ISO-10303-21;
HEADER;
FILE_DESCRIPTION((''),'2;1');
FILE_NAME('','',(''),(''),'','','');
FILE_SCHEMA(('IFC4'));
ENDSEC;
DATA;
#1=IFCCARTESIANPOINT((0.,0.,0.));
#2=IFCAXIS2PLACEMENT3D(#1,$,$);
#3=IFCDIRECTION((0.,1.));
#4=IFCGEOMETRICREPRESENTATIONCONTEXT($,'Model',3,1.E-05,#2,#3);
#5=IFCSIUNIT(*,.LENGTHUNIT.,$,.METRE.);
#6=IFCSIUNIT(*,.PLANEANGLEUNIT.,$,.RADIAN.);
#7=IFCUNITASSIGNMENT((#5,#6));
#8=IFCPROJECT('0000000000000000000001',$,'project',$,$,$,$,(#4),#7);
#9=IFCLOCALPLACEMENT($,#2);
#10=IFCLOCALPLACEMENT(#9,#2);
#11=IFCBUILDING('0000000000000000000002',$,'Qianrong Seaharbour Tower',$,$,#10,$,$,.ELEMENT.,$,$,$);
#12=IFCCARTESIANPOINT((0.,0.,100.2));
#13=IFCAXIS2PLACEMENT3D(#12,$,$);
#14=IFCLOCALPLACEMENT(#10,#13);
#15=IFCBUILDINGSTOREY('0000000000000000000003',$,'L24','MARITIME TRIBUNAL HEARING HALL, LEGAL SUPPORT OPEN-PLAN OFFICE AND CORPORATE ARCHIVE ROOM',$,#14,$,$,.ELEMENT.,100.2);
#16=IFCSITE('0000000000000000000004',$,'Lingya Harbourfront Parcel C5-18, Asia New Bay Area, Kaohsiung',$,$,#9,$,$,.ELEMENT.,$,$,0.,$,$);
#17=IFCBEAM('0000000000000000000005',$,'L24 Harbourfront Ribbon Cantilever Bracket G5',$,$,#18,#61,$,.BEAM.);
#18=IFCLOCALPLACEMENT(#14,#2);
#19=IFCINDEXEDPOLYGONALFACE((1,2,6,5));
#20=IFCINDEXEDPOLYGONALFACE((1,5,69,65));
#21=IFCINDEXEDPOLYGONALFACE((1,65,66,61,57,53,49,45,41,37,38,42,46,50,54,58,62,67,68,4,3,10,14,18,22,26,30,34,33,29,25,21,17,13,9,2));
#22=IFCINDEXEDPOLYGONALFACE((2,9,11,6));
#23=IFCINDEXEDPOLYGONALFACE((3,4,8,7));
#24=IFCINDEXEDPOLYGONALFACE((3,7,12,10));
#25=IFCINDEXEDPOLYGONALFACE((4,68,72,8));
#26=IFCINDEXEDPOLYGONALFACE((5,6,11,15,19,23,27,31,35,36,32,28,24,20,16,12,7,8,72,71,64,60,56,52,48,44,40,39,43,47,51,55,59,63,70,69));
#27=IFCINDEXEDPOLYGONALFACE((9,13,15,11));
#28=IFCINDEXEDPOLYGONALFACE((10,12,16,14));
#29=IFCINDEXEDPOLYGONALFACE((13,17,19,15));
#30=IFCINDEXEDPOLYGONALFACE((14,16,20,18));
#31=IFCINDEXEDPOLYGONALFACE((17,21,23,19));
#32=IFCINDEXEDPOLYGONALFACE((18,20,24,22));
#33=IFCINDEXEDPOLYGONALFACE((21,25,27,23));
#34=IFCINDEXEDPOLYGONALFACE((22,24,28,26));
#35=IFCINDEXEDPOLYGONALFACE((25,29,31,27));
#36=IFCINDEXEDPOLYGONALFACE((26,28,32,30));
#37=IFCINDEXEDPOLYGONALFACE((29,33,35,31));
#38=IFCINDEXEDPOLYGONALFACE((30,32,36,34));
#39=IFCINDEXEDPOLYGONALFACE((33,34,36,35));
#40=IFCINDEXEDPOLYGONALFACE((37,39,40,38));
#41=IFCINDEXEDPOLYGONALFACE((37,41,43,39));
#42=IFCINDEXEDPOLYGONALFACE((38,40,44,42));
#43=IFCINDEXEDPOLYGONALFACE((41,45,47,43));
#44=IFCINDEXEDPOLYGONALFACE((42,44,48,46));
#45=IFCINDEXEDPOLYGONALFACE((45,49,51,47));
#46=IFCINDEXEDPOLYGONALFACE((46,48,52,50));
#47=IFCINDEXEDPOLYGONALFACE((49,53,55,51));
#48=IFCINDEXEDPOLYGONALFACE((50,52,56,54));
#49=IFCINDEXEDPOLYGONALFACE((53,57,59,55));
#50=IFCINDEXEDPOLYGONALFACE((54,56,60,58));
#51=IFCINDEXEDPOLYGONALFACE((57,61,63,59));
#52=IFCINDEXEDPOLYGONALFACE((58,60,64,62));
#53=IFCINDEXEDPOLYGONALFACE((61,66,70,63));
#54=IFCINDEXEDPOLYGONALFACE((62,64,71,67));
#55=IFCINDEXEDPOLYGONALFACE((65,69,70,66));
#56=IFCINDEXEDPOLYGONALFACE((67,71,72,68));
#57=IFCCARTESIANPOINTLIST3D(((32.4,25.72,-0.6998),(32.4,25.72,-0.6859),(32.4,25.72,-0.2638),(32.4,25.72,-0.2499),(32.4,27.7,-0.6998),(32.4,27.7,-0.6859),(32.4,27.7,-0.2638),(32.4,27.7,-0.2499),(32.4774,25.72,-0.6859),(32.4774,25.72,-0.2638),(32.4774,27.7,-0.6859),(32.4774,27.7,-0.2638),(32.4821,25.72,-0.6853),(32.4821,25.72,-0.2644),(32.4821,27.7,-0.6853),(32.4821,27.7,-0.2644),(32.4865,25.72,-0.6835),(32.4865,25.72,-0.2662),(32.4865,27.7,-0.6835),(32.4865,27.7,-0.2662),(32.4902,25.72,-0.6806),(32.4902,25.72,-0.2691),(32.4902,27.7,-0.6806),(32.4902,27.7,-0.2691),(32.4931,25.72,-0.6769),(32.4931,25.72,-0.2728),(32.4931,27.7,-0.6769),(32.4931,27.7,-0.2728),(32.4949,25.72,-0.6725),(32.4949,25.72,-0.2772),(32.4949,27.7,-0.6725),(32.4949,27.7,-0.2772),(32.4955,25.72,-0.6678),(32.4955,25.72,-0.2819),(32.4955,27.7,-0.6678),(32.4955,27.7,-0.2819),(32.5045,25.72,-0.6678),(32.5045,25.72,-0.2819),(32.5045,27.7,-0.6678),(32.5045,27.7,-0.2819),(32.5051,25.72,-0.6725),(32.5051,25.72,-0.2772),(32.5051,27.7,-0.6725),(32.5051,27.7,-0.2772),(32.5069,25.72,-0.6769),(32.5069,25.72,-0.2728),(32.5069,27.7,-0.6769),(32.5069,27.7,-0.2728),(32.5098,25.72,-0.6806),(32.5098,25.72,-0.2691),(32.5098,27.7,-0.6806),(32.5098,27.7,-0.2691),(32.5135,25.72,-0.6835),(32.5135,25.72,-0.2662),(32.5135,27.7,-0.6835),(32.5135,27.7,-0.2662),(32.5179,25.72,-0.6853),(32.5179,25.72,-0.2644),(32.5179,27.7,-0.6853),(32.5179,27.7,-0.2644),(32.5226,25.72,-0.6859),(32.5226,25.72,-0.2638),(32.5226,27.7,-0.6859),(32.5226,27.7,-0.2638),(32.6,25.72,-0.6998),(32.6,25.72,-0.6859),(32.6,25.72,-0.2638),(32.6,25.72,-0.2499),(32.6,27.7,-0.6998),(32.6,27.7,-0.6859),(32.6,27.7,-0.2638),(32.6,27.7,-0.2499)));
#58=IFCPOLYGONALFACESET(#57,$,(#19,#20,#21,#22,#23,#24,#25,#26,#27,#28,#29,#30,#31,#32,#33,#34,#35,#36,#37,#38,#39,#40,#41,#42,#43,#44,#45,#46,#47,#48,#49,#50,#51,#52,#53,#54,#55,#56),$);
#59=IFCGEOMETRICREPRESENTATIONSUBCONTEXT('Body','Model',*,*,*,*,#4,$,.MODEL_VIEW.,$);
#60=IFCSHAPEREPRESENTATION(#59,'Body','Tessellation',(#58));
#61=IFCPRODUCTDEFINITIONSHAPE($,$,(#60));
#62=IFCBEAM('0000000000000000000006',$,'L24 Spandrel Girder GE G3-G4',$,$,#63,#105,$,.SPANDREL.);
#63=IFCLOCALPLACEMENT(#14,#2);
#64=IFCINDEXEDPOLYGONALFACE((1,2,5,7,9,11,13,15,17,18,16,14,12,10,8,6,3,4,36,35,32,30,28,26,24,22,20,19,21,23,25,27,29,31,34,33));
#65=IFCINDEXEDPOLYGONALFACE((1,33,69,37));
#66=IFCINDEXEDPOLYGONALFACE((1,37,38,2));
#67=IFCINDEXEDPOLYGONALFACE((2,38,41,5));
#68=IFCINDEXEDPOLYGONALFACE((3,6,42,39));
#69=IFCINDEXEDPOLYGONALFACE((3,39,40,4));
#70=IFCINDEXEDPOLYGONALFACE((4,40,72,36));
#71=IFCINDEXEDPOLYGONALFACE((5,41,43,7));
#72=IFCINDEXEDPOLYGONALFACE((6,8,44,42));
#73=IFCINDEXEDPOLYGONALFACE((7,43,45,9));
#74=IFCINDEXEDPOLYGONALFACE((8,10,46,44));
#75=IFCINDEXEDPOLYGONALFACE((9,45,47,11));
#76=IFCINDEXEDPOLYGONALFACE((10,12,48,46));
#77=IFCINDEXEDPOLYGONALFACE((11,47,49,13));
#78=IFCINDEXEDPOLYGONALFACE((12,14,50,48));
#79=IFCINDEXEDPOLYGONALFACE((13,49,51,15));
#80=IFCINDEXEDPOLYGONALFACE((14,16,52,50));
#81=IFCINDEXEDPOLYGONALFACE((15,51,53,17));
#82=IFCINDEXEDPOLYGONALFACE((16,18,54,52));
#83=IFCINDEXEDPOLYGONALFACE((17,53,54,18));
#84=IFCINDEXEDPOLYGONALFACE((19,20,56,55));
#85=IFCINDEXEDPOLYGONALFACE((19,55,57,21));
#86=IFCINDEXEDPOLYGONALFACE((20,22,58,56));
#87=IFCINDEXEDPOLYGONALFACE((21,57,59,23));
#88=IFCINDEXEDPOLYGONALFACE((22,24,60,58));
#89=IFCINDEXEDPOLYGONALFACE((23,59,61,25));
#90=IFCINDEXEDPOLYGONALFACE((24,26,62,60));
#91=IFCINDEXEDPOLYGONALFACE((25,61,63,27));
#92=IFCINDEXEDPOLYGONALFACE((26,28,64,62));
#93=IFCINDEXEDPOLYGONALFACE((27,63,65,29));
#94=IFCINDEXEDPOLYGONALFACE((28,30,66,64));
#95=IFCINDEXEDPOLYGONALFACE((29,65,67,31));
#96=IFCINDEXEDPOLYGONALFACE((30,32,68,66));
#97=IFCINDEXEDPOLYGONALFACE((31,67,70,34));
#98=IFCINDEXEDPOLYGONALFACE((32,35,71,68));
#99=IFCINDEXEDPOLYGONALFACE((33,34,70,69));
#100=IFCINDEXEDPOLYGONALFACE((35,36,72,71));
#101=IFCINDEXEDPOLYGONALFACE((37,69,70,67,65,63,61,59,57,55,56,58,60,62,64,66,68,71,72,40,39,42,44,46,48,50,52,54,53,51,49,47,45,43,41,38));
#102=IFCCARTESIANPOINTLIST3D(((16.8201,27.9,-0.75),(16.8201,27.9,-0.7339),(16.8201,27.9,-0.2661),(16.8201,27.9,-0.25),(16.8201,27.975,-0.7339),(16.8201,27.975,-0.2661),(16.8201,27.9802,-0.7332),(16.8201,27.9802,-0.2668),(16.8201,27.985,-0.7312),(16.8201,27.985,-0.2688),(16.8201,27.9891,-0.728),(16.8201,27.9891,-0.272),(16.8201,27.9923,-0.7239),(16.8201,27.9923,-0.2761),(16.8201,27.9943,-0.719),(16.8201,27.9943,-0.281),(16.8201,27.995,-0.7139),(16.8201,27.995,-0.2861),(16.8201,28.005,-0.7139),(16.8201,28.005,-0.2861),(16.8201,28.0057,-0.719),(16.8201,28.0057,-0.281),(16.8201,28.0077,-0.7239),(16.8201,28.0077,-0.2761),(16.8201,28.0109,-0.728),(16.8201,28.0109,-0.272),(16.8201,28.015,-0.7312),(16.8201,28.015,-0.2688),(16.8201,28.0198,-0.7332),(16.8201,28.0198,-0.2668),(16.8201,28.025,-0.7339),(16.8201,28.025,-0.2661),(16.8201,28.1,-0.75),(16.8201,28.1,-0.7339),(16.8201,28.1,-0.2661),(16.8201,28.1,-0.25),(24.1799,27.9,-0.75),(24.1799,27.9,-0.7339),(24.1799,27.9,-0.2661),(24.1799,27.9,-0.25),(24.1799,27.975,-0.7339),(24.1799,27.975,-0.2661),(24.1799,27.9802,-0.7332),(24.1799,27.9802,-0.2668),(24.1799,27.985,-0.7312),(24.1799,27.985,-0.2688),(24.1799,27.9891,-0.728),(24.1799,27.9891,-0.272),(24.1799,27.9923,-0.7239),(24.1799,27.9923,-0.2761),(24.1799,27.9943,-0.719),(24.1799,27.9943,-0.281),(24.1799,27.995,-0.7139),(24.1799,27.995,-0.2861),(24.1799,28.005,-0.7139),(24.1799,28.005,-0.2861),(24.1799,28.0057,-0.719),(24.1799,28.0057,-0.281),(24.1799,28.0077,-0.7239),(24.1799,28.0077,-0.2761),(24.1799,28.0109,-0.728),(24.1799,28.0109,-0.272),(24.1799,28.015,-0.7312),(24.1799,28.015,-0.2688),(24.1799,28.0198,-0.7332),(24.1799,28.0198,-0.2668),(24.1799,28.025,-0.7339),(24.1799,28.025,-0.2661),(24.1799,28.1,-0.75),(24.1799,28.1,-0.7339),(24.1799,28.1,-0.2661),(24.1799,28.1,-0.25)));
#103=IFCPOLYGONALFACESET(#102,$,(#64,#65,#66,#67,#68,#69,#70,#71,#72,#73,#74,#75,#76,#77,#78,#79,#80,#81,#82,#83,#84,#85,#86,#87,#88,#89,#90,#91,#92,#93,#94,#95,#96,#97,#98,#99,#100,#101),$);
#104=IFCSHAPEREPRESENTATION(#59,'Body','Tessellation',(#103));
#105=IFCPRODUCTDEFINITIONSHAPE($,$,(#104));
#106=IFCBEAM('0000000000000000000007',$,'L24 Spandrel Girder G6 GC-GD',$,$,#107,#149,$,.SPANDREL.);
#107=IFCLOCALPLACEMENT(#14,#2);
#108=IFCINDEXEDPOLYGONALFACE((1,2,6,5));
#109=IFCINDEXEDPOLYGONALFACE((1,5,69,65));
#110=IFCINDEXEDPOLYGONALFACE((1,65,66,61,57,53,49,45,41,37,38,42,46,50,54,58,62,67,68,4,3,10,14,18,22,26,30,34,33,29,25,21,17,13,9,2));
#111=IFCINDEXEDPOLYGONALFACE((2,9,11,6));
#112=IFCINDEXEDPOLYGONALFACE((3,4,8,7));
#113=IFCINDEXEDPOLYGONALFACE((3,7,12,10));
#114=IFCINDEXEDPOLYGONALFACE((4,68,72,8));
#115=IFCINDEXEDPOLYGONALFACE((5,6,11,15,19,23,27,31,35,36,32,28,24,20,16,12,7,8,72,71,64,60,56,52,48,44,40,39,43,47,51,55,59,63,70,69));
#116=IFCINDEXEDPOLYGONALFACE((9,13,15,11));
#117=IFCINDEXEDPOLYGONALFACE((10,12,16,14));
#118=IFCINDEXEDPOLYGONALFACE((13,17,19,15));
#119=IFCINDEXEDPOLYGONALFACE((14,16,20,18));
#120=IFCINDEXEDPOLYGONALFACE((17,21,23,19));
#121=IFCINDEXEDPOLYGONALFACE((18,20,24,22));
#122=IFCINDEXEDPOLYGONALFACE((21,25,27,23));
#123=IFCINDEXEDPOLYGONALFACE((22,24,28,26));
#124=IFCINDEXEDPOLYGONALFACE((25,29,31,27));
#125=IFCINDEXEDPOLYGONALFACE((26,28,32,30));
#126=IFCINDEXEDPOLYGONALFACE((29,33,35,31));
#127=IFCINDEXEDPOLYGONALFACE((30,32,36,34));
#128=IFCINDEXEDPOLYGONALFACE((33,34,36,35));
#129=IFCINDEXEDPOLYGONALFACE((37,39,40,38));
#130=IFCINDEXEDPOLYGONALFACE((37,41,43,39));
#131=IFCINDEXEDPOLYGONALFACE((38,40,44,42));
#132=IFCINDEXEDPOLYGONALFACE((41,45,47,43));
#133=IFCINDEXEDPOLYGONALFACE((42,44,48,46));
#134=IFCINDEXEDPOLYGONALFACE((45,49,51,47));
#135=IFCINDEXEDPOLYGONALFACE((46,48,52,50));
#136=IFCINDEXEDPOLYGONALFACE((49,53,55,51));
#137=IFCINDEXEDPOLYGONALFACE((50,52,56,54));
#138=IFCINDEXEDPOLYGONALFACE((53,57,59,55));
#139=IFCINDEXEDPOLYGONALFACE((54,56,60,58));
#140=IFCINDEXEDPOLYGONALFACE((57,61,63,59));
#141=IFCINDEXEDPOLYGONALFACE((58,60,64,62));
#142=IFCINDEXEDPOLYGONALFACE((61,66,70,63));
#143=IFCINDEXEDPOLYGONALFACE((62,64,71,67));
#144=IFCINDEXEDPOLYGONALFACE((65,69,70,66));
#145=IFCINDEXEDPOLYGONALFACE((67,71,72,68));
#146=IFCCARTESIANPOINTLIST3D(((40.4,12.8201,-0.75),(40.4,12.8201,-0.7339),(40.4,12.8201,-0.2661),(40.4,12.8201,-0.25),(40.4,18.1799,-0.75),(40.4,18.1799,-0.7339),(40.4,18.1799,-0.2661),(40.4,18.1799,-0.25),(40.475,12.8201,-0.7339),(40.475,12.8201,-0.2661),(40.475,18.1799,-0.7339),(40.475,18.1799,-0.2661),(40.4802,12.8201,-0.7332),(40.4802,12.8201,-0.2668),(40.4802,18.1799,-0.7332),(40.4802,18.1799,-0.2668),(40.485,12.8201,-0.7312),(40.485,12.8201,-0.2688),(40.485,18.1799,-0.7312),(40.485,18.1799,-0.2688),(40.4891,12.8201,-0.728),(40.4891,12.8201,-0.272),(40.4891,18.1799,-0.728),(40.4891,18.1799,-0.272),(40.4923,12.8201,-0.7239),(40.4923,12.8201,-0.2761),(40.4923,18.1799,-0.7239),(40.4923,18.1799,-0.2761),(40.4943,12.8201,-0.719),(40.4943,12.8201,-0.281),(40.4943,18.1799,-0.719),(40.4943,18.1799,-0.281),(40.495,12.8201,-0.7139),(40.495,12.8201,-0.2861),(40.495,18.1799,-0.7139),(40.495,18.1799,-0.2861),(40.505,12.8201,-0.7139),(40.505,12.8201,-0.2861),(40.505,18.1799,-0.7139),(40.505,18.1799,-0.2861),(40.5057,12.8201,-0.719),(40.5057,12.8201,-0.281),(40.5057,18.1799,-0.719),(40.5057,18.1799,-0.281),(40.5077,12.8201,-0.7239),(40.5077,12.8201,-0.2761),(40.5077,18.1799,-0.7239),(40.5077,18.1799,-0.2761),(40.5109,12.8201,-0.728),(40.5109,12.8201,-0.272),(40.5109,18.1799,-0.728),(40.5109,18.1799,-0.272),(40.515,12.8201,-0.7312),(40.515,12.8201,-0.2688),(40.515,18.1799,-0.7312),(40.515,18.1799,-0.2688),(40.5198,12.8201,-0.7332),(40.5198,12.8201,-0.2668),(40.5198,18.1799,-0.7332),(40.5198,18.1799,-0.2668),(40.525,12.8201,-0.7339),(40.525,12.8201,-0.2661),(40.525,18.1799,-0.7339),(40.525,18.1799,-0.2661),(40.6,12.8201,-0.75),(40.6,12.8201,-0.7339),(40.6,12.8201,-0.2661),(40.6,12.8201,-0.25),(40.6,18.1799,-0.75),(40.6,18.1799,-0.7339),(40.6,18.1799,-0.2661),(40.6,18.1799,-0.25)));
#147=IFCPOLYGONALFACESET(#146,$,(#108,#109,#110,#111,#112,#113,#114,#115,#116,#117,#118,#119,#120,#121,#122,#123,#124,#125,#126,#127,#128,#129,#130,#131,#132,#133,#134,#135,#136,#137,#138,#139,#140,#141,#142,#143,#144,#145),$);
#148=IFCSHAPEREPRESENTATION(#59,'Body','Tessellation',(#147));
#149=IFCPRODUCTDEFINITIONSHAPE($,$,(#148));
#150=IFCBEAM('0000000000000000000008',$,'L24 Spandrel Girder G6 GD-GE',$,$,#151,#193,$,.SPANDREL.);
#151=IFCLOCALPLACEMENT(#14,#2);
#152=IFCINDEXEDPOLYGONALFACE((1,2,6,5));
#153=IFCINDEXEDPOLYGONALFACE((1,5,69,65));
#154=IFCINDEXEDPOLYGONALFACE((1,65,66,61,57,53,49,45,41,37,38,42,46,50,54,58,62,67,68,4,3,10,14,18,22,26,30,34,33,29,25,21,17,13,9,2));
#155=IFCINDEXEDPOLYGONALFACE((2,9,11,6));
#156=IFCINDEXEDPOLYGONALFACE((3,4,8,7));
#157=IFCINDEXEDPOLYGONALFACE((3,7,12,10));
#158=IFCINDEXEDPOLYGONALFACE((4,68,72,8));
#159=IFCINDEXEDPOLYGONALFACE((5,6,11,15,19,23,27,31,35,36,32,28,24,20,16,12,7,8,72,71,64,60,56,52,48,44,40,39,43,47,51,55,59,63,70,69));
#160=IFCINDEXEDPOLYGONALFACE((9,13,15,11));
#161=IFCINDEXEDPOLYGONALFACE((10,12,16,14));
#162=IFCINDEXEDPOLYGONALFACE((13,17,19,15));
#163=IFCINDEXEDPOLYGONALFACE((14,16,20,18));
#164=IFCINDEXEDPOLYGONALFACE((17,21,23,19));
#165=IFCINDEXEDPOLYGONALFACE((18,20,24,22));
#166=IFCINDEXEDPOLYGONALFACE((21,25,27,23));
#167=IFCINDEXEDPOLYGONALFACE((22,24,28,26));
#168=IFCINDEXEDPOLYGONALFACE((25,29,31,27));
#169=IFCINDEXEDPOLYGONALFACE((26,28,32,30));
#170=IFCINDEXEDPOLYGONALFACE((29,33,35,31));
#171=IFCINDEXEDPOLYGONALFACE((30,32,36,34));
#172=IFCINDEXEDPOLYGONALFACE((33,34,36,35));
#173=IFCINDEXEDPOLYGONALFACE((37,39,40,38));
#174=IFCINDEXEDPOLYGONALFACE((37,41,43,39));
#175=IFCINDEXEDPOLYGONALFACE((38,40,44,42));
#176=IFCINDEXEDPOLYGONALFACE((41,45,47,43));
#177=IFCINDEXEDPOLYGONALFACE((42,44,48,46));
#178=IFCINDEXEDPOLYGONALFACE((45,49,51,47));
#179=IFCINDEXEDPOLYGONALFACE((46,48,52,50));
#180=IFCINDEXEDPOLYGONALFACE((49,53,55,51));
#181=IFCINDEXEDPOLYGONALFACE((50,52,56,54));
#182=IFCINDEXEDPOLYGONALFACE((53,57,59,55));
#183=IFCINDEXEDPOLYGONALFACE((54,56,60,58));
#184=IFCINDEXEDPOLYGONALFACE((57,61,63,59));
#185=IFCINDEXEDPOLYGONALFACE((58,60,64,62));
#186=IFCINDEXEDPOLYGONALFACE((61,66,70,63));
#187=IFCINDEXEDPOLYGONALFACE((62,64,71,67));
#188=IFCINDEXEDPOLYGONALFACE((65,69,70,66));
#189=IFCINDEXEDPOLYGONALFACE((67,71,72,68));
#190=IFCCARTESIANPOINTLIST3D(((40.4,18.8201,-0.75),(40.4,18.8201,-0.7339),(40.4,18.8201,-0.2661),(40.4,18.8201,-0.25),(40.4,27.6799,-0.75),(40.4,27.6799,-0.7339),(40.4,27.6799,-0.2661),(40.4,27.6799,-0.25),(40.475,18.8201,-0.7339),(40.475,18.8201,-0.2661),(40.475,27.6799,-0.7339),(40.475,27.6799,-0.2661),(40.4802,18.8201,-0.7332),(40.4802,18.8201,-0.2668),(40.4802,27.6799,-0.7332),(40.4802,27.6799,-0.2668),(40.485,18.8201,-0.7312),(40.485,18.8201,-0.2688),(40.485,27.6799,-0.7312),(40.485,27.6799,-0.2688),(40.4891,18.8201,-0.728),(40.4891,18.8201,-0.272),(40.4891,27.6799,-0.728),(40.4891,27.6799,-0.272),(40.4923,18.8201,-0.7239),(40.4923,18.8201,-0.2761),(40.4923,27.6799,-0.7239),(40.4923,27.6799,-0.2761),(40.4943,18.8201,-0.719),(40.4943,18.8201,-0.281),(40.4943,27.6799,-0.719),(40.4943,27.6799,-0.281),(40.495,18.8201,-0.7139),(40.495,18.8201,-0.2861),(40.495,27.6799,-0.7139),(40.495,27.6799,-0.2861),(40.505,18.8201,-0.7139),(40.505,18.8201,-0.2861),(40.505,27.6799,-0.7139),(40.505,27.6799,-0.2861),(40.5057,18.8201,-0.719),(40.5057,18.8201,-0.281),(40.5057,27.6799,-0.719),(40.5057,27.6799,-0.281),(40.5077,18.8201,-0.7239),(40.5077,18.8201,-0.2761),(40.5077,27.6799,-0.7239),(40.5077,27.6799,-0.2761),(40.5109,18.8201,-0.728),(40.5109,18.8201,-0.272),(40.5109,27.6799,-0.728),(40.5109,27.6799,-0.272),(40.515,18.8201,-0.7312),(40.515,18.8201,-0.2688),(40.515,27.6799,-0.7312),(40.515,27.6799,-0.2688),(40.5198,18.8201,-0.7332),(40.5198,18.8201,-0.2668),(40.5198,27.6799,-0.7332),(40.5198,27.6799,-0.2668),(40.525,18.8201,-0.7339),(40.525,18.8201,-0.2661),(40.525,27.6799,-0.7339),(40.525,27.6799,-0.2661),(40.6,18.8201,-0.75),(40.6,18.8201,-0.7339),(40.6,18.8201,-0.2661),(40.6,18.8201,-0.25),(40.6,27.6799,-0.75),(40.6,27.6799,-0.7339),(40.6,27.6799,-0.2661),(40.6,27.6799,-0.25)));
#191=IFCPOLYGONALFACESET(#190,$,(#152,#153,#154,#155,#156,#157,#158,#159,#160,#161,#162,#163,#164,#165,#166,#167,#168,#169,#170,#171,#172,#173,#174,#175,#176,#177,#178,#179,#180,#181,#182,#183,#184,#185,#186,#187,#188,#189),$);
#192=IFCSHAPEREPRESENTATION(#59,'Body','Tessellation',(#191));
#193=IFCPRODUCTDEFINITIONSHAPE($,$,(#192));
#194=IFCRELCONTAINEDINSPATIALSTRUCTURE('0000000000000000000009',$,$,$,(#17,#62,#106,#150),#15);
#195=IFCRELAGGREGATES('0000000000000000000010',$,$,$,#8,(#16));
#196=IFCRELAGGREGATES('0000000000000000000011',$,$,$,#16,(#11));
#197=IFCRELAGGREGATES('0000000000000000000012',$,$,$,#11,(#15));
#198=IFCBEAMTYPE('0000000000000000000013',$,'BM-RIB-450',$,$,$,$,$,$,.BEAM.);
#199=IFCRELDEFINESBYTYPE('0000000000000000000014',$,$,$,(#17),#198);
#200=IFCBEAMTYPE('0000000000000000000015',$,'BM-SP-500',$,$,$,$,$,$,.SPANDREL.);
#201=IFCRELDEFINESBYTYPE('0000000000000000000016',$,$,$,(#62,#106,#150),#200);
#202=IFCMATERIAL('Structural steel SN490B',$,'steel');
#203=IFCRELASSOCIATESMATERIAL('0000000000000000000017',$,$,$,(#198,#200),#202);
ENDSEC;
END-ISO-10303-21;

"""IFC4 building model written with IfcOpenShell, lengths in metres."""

from ifc_helpers import new_model, si_unit, direction, frame, origin, origin_2d, place, context, subcontext, project, spatial, i_section, extrude, material, material_profile, profile_set, type_object, element, save


model = new_model("IFC4")

# Units and contexts
model_context = context("Model", 3, precision=1e-05, world=origin(), true_north=direction((0.0, 1.0)))
body_context = subcontext(model_context, "Body", "Model", "MODEL_VIEW")
ifc_project = project(units=[si_unit("LENGTHUNIT", "METRE"), si_unit("PLANEANGLEUNIT", "RADIAN")], contexts=[model_context])

# Site, building, storey
site_placement = place(None, origin())
site = spatial("IfcSite", under=ifc_project, at=site_placement, Name="Lingya Harbourfront Parcel C5-18, Asia New Bay Area, Kaohsiung", CompositionType="ELEMENT", RefElevation=0.0)
building_placement = place(site_placement, origin())
building = spatial("IfcBuilding", under=site, at=building_placement, Name="Qianrong Seaharbour Tower", CompositionType="ELEMENT")
storey_placement = place(building_placement, frame((0.0, 0.0, 100.2)))
storey = spatial("IfcBuildingStorey", under=building, at=storey_placement, Name="L24", Description="MARITIME TRIBUNAL HEARING HALL, LEGAL SUPPORT OPEN-PLAN OFFICE AND CORPORATE ARCHIVE ROOM", CompositionType="ELEMENT", Elevation=100.2)

# Shared definitions
ifc_material_1 = material(Name="Structural steel SN490B", Category="steel")

# Beams
ifc_material_profile_1 = material_profile(ifc_material_1, i_section(OverallWidth=0.2, OverallDepth=0.45, WebThickness=0.009, FlangeThickness=0.0139, FilletRadius=0.0181, at=origin_2d()), Name="H450x200x9x14")
ifc_profile_set_1 = profile_set([ifc_material_profile_1], Name="Structural steel SN490B")
beam_type_1 = type_object("IfcBeamType", Name="BM-RIB-450", PredefinedType="BEAM", material=ifc_profile_set_1)
for number, where, z_axis, x_axis, name in (
    (1, (32.5, 27.7, -0.4749), (0.0, -1.0, 0.0), (1.0, 0.0, 0.0), "L24 Harbourfront Ribbon Cantilever Bracket G5"),
):
    element("IfcBeam", number, at=place(storey_placement, frame(where, z_axis=z_axis, x_axis=x_axis)), inside=storey, type_object=beam_type_1, Name=name, PredefinedType="BEAM", context=body_context, shape_type="SweptSolid", body=[
        extrude(i_section(OverallWidth=0.2, OverallDepth=0.45, WebThickness=0.009, FlangeThickness=0.0139, FilletRadius=0.0181, at=origin_2d()), origin(), (0.0, 0.0, 1.0), 1.98),
    ])
ifc_material_profile_2 = material_profile(ifc_material_1, i_section(OverallWidth=0.2, OverallDepth=0.5, WebThickness=0.01, FlangeThickness=0.0161, FilletRadius=0.02, at=origin_2d()), Name="H500x200x10x16")
ifc_profile_set_2 = profile_set([ifc_material_profile_2], Name="Structural steel SN490B")
beam_type_2 = type_object("IfcBeamType", Name="BM-SP-500", PredefinedType="SPANDREL", material=ifc_profile_set_2)
beam_1_placement = place(storey_placement, frame((16.8201, 28.0, -0.5), z_axis=(1.0, 0.0, 0.0), x_axis=(0.0, 1.0, 0.0)))
element("IfcBeam", 2, at=beam_1_placement, inside=storey, type_object=beam_type_2, Name="L24 Spandrel Girder GE G3-G4", PredefinedType="SPANDREL", context=body_context, shape_type="SweptSolid", body=[
    extrude(i_section(OverallWidth=0.2, OverallDepth=0.5, WebThickness=0.01, FlangeThickness=0.0161, FilletRadius=0.02, at=origin_2d()), origin(), (0.0, 0.0, 1.0), 7.3599),
])
beam_2_placement = place(storey_placement, frame((40.5, 12.8201, -0.5), z_axis=(0.0, 1.0, 0.0), x_axis=(-1.0, 0.0, 0.0)))
element("IfcBeam", 3, at=beam_2_placement, inside=storey, type_object=beam_type_2, Name="L24 Spandrel Girder G6 GC-GD", PredefinedType="SPANDREL", context=body_context, shape_type="SweptSolid", body=[
    extrude(i_section(OverallWidth=0.2, OverallDepth=0.5, WebThickness=0.01, FlangeThickness=0.0161, FilletRadius=0.02, at=origin_2d()), origin(), (0.0, 0.0, 1.0), 5.3599),
])
beam_3_placement = place(storey_placement, frame((40.5, 18.8201, -0.5), z_axis=(0.0, 1.0, 0.0), x_axis=(-1.0, 0.0, 0.0)))
element("IfcBeam", 4, at=beam_3_placement, inside=storey, type_object=beam_type_2, Name="L24 Spandrel Girder G6 GD-GE", PredefinedType="SPANDREL", context=body_context, shape_type="SweptSolid", body=[
    extrude(i_section(OverallWidth=0.2, OverallDepth=0.5, WebThickness=0.01, FlangeThickness=0.0161, FilletRadius=0.02, at=origin_2d()), origin(), (0.0, 0.0, 1.0), 8.8599),
])

save(model, "model.ifc")
